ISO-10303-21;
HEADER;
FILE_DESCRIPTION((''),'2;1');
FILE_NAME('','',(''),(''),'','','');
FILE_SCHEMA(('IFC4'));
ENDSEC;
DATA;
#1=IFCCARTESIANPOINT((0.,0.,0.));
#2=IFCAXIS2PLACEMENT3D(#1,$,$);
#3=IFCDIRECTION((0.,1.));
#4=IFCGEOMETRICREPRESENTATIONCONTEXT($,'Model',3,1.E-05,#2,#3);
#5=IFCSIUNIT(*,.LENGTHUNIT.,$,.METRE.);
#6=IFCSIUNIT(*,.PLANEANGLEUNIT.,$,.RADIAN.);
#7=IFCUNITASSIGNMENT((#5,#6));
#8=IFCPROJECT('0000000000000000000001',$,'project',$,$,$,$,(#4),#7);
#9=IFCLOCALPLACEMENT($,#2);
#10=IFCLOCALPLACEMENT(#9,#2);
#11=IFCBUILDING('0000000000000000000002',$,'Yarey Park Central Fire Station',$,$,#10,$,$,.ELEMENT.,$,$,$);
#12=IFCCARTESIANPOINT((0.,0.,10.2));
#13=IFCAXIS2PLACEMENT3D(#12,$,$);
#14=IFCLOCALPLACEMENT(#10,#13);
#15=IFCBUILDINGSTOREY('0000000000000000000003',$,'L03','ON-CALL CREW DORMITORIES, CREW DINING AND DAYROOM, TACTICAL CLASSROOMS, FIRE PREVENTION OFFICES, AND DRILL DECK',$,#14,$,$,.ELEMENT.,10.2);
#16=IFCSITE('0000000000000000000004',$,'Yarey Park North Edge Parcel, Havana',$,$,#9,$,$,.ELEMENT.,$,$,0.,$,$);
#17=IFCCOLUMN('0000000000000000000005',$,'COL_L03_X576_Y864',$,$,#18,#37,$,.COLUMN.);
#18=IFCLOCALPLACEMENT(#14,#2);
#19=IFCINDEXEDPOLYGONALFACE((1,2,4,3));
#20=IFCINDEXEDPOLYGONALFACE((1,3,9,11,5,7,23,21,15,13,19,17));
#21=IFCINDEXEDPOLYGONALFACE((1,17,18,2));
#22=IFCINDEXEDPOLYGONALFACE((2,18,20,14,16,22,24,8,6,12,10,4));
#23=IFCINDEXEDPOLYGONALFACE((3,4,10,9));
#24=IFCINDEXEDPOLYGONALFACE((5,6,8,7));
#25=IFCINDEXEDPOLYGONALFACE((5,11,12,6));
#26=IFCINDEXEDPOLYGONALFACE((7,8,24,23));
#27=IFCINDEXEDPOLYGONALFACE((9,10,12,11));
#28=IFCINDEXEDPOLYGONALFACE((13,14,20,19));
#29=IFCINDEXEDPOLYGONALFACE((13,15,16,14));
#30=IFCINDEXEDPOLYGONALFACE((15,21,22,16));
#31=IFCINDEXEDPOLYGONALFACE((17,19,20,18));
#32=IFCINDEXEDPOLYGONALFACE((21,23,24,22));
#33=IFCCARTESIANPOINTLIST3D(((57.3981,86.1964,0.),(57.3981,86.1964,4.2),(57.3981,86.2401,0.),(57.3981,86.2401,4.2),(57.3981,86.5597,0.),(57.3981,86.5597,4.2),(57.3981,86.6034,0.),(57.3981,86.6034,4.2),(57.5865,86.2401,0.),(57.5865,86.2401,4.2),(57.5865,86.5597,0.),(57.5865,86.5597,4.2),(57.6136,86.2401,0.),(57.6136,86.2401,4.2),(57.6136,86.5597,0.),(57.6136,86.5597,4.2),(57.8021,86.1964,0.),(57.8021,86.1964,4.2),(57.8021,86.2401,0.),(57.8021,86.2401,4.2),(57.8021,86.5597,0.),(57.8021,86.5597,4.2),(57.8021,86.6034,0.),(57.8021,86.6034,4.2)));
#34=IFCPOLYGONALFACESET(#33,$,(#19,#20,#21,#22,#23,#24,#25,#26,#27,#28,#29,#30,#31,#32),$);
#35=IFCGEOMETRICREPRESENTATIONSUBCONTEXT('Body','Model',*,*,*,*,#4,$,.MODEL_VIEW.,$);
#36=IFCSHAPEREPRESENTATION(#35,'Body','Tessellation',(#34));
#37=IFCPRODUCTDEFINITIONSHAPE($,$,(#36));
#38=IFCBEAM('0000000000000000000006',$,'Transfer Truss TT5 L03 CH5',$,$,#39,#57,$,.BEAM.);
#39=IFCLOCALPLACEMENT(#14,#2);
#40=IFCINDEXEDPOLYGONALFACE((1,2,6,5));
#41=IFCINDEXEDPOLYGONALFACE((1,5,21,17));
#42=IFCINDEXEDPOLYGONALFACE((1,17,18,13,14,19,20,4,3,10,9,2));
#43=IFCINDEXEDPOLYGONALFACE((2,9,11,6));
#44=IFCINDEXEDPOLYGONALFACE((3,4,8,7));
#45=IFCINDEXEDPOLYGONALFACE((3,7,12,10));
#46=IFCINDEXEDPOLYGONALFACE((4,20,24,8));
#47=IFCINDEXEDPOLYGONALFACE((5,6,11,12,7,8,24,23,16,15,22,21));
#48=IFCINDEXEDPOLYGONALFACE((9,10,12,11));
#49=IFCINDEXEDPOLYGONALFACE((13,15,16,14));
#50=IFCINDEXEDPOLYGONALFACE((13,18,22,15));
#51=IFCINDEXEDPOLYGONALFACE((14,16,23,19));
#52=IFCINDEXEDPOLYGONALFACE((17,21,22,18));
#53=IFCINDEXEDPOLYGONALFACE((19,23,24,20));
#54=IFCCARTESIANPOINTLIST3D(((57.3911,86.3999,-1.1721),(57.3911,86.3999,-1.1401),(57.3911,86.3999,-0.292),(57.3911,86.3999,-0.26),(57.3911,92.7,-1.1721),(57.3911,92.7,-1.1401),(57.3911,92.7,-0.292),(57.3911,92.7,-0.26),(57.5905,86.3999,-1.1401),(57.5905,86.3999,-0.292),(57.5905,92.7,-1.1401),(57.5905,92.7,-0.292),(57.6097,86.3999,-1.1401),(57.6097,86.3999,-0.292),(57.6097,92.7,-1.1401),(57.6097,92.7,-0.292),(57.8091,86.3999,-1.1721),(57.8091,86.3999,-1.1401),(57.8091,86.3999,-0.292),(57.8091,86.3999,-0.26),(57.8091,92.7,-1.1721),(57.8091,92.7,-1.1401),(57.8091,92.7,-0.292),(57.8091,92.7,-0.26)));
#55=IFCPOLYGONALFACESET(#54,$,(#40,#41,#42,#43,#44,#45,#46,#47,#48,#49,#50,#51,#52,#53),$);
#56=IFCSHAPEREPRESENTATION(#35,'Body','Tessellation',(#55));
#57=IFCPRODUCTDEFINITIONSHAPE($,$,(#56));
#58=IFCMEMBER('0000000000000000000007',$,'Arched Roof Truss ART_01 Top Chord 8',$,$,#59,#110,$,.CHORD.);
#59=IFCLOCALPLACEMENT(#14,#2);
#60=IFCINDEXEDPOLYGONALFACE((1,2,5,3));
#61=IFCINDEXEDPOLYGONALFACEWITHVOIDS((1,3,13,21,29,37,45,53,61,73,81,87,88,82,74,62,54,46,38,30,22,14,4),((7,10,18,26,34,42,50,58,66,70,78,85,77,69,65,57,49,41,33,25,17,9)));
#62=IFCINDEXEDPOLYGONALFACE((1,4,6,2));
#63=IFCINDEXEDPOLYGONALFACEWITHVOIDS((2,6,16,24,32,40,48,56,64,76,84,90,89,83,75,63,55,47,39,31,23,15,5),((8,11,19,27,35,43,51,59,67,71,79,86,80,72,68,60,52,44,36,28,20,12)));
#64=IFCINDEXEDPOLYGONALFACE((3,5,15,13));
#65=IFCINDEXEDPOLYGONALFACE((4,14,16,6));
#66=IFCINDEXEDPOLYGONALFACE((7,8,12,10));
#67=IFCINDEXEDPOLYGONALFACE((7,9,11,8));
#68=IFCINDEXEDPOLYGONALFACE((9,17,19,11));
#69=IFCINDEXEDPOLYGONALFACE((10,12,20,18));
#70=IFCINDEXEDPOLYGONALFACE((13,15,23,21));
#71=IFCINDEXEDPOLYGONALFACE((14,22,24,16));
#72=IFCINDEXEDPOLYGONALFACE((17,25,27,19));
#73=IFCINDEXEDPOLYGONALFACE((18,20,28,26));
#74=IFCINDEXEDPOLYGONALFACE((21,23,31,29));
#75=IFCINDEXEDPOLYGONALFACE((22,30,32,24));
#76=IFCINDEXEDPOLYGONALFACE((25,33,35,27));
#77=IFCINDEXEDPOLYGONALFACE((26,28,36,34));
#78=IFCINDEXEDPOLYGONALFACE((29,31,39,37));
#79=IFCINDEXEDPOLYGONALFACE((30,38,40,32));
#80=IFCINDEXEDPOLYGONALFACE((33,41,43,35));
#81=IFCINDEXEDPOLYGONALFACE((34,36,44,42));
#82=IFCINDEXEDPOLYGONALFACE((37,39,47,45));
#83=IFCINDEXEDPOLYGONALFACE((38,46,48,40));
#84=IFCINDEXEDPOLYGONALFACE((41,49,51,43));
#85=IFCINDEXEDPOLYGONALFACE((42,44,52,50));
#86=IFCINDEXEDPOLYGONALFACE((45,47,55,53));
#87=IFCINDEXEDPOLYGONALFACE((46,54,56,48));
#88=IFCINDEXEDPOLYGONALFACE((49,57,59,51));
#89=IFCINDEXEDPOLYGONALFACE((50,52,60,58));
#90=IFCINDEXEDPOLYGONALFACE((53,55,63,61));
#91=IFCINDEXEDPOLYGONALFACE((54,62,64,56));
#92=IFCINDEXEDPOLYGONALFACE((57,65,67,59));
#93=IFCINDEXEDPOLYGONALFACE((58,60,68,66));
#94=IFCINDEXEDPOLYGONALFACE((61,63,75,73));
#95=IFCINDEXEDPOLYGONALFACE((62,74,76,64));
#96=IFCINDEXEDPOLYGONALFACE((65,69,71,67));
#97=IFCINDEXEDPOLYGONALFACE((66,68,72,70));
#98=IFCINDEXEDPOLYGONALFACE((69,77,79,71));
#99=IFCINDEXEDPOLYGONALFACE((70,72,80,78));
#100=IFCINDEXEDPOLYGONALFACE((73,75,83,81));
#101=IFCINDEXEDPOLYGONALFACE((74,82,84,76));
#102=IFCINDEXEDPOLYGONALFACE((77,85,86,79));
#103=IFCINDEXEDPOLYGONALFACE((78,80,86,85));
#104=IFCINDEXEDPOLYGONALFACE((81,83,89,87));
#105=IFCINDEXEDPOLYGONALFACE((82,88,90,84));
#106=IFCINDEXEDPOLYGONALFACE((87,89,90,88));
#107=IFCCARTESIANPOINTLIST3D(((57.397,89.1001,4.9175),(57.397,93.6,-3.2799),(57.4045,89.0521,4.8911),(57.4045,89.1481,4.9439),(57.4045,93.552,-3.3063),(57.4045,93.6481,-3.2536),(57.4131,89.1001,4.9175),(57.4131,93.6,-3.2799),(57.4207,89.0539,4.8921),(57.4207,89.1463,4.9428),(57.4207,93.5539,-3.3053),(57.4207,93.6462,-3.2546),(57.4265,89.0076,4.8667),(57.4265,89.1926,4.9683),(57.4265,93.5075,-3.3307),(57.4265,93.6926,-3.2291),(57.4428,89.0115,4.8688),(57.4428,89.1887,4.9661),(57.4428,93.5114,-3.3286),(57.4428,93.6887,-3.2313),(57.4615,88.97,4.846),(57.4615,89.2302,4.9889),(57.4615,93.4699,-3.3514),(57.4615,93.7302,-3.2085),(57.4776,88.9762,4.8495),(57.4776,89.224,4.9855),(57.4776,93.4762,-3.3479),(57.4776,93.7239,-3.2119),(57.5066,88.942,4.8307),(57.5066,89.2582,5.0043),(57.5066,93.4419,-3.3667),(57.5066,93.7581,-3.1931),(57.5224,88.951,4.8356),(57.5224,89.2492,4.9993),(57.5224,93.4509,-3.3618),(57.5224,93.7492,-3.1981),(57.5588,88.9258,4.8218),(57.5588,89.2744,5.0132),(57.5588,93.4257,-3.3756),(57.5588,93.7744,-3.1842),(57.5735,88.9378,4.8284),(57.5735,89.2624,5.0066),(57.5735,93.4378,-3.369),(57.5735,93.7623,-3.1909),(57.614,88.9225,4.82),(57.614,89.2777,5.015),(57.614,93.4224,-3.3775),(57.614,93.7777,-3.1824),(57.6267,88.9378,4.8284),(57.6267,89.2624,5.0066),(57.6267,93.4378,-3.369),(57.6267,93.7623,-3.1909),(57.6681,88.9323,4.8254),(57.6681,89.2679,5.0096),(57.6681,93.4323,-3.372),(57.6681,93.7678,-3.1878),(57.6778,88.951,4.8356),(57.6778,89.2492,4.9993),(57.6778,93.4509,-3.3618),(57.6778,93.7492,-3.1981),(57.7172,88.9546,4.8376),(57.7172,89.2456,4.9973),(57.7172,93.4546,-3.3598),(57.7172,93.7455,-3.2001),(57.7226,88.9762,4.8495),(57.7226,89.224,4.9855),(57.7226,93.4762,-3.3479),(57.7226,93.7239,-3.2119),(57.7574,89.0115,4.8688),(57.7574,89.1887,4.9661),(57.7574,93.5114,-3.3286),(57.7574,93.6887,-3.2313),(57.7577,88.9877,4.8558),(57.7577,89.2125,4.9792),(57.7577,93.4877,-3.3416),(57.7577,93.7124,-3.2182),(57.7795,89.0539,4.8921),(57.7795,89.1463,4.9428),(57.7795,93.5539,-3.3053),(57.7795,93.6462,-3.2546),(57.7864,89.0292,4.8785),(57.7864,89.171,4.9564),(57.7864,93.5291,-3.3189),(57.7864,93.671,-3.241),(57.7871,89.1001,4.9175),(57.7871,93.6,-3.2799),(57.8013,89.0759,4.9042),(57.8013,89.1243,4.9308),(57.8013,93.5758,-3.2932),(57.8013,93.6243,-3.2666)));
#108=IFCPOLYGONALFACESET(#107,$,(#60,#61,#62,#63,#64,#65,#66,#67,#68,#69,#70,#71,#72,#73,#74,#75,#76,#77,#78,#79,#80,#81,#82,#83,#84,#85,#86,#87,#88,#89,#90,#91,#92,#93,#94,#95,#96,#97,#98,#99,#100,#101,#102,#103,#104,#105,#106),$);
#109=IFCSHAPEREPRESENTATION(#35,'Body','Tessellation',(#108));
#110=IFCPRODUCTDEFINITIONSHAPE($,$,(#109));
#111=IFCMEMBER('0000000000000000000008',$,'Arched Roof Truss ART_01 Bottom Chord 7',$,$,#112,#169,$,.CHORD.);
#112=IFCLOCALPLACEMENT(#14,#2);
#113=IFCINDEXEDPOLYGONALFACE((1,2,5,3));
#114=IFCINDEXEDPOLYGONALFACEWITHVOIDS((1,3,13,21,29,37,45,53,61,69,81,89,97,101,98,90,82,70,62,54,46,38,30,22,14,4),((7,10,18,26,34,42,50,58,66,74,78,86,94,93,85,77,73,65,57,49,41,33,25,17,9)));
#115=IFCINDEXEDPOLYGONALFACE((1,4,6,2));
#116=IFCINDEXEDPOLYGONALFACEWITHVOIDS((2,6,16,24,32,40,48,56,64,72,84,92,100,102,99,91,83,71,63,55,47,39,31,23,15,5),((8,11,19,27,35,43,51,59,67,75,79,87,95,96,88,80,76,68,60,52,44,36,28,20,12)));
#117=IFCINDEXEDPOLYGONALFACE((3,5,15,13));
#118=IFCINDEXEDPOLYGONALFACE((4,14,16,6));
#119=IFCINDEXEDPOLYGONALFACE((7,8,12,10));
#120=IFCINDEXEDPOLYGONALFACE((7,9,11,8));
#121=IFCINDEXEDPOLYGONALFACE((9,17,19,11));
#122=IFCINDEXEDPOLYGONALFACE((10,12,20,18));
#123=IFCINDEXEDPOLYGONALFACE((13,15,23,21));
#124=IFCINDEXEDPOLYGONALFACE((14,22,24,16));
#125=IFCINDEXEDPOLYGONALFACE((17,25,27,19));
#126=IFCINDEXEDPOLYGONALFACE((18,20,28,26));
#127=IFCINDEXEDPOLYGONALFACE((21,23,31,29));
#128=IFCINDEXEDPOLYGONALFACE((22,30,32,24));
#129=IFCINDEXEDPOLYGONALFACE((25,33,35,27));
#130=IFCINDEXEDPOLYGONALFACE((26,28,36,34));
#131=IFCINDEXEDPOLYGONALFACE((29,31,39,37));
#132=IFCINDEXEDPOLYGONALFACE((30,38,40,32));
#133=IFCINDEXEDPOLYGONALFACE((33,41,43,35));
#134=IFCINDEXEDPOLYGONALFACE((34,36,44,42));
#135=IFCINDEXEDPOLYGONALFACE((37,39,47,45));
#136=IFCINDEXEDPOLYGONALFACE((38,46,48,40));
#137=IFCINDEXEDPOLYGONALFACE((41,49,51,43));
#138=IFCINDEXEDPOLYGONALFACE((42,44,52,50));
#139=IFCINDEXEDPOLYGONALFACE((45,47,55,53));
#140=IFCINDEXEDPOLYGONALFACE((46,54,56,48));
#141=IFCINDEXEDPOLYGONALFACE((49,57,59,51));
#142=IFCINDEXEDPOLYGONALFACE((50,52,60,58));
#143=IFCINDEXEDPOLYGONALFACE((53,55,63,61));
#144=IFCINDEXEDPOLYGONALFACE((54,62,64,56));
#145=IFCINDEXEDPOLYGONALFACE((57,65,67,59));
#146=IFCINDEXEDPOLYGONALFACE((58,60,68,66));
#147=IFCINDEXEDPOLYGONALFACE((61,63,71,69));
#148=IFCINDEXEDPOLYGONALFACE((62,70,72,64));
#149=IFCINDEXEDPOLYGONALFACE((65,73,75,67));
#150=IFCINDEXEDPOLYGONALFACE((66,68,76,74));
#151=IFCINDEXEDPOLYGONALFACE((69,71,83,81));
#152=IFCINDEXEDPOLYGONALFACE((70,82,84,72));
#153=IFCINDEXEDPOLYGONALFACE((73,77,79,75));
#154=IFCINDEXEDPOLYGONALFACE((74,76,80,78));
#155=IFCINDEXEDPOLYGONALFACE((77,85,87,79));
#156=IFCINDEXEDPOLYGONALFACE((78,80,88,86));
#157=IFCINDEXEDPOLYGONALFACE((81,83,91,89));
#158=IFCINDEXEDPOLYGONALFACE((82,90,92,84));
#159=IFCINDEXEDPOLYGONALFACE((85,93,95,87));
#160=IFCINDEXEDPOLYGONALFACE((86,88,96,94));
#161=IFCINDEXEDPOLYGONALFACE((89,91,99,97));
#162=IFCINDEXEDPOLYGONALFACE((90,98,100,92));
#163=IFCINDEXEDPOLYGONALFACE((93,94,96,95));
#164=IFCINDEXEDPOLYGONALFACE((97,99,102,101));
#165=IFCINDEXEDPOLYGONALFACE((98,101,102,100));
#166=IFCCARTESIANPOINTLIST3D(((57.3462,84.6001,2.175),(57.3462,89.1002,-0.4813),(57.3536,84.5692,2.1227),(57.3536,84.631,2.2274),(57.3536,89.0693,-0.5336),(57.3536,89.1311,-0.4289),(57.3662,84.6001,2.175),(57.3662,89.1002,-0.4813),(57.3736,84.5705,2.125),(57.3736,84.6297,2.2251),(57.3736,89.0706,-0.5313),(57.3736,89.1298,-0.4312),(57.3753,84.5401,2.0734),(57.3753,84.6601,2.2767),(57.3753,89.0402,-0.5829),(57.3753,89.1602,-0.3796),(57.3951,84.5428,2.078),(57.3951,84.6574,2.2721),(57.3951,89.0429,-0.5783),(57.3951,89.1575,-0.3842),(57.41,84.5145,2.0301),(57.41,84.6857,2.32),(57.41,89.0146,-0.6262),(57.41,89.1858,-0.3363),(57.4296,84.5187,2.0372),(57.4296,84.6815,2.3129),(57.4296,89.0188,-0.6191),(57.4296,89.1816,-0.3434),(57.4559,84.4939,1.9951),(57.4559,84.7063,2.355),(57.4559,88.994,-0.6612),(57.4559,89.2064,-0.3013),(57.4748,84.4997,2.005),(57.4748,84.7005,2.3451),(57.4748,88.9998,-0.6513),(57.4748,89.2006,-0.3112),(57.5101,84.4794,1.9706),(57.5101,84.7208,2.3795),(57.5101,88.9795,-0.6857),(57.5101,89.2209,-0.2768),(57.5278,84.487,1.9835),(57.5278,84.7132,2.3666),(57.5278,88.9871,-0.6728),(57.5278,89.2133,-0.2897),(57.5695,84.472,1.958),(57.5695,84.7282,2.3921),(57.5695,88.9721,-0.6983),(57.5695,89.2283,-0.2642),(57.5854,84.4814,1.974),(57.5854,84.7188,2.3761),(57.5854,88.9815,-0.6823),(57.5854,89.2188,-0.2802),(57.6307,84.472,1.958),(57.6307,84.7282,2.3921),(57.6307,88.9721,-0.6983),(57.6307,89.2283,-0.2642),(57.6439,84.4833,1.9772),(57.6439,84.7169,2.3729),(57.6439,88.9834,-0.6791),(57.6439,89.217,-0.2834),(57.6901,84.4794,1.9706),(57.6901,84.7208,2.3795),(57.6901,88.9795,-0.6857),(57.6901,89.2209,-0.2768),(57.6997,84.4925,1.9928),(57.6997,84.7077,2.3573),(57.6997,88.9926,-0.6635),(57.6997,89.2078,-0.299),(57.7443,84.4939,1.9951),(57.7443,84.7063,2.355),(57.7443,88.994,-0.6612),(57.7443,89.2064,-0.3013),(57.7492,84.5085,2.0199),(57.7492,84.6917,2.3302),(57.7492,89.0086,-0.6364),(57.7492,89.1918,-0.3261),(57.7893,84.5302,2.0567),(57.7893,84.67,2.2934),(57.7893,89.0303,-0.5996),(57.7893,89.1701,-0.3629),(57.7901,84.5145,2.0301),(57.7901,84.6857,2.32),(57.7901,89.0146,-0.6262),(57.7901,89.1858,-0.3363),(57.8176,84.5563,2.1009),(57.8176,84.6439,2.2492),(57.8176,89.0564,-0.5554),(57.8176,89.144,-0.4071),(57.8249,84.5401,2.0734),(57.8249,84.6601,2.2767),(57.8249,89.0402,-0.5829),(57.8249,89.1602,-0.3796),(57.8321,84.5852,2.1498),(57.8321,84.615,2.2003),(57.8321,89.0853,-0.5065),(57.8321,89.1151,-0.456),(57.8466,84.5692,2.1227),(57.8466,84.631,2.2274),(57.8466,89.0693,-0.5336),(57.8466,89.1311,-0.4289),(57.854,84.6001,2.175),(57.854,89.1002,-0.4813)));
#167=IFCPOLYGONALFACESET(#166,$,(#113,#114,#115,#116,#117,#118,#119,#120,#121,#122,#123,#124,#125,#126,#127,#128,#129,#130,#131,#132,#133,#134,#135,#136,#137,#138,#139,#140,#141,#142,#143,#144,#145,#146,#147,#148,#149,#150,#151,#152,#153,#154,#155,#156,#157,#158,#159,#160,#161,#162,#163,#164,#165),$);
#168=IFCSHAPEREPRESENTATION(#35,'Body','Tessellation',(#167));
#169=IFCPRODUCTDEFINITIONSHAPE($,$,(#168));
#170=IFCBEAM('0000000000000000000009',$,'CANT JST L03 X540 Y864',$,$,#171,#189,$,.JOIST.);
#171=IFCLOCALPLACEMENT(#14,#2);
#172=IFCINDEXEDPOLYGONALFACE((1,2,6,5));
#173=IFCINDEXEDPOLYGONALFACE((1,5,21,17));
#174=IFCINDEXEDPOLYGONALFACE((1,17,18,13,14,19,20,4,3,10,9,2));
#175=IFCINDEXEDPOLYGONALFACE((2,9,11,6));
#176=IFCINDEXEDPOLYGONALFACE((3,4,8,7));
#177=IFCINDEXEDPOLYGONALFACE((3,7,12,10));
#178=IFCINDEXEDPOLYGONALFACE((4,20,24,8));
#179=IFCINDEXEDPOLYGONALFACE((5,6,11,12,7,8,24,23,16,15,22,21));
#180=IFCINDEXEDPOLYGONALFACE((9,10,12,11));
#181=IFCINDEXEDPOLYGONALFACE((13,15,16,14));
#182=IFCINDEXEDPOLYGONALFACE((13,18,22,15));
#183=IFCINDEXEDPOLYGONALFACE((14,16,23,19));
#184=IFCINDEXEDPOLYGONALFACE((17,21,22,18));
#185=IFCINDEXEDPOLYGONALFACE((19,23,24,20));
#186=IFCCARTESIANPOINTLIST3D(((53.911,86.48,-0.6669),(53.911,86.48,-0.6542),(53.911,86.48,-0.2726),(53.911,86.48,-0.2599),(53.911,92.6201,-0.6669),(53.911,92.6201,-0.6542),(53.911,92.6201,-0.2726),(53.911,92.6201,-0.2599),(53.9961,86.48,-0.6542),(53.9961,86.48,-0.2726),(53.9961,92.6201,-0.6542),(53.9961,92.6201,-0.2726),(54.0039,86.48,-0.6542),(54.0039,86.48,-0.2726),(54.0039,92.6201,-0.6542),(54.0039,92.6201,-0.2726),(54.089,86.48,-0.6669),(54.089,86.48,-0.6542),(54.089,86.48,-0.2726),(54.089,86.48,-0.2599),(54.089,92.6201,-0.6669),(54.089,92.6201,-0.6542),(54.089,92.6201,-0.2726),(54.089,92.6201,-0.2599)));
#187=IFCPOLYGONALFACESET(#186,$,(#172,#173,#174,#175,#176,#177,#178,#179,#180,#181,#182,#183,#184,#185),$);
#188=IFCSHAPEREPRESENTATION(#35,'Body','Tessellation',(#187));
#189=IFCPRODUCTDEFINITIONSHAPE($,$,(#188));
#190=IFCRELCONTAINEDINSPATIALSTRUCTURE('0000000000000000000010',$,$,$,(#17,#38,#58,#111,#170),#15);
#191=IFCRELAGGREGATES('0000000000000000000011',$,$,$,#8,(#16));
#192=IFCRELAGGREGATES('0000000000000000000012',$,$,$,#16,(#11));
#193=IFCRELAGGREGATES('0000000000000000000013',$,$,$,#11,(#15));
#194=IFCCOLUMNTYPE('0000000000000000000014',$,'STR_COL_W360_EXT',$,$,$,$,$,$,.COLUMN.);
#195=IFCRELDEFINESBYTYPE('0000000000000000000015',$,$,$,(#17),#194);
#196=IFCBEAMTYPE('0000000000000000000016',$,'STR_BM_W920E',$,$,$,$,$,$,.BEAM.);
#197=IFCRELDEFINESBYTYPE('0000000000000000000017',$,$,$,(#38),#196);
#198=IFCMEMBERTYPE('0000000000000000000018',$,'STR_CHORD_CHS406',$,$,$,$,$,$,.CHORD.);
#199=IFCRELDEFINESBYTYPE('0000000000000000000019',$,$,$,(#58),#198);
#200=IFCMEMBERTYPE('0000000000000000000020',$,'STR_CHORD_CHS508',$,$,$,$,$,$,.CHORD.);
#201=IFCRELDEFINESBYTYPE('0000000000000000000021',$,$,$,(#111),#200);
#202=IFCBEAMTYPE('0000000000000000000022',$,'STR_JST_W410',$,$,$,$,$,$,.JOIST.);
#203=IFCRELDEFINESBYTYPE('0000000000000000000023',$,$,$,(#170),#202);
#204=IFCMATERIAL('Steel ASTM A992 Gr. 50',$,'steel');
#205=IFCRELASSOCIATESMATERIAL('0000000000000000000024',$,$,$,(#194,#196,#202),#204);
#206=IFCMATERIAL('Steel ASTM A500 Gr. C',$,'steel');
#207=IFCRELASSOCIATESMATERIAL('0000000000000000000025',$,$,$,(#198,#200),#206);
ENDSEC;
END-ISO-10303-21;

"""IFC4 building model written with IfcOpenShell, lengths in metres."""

from ifc_helpers import new_model, si_unit, direction, frame, origin, origin_2d, place, context, subcontext, project, spatial, hollow_circle, i_section, extrude, material, material_profile, profile_set, type_object, element, save


model = new_model("IFC4")

# Units and contexts
model_context = context("Model", 3, precision=1e-05, world=origin(), true_north=direction((0.0, 1.0)))
body_context = subcontext(model_context, "Body", "Model", "MODEL_VIEW")
ifc_project = project(units=[si_unit("LENGTHUNIT", "METRE"), si_unit("PLANEANGLEUNIT", "RADIAN")], contexts=[model_context])

# Site, building, storey
site_placement = place(None, origin())
site = spatial("IfcSite", under=ifc_project, at=site_placement, Name="Yarey Park North Edge Parcel, Havana", CompositionType="ELEMENT", RefElevation=0.0)
building_placement = place(site_placement, origin())
building = spatial("IfcBuilding", under=site, at=building_placement, Name="Yarey Park Central Fire Station", CompositionType="ELEMENT")
storey_placement = place(building_placement, frame((0.0, 0.0, 10.2)))
storey = spatial("IfcBuildingStorey", under=building, at=storey_placement, Name="L03", Description="ON-CALL CREW DORMITORIES, CREW DINING AND DAYROOM, TACTICAL CLASSROOMS, FIRE PREVENTION OFFICES, AND DRILL DECK", CompositionType="ELEMENT", Elevation=10.2)

# Column
ifc_material_1 = material(Name="Steel ASTM A992 Gr. 50", Category="steel")
ifc_material_profile_1 = material_profile(ifc_material_1, i_section(OverallWidth=0.4041, OverallDepth=0.407, WebThickness=0.0271, FlangeThickness=0.0437, at=origin_2d()), Name="W360x347")
ifc_profile_set_1 = profile_set([ifc_material_profile_1], Name="Steel ASTM A992 Gr. 50")
column_type = type_object("IfcColumnType", Name="STR_COL_W360_EXT", PredefinedType="COLUMN", material=ifc_profile_set_1)
column_placement = place(storey_placement, frame((57.6001, 86.3999, 0.0), z_axis=(0.0, 0.0, 1.0), x_axis=(1.0, 0.0, 0.0)))
element("IfcColumn", 1, at=column_placement, inside=storey, type_object=column_type, Name="COL_L03_X576_Y864", PredefinedType="COLUMN", context=body_context, shape_type="SweptSolid", body=[
    extrude(i_section(OverallWidth=0.4041, OverallDepth=0.407, WebThickness=0.0271, FlangeThickness=0.0437, at=origin_2d()), origin(), (0.0, 0.0, 1.0), 4.2),
])

# Beam
ifc_material_profile_2 = material_profile(ifc_material_1, i_section(OverallWidth=0.418, OverallDepth=0.9121, WebThickness=0.0193, FlangeThickness=0.032, at=origin_2d()), Name="W920x342")
ifc_profile_set_2 = profile_set([ifc_material_profile_2], Name="Steel ASTM A992 Gr. 50")
beam_type_1 = type_object("IfcBeamType", Name="STR_BM_W920E", PredefinedType="BEAM", material=ifc_profile_set_2)
beam_1_placement = place(storey_placement, frame((57.6001, 86.3999, -0.7161), z_axis=(0.0, 1.0, 0.0), x_axis=(-1.0, 0.0, 0.0)))
element("IfcBeam", 2, at=beam_1_placement, inside=storey, type_object=beam_type_1, Name="Transfer Truss TT5 L03 CH5", PredefinedType="BEAM", context=body_context, shape_type="SweptSolid", body=[
    extrude(i_section(OverallWidth=0.418, OverallDepth=0.9121, WebThickness=0.0193, FlangeThickness=0.032, at=origin_2d()), origin(), (0.0, 0.0, 1.0), 6.3),
])

# Members
ifc_material_2 = material(Name="Steel ASTM A500 Gr. C", Category="steel")
ifc_material_profile_3 = material_profile(ifc_material_2, hollow_circle(Radius=0.2031, WallThickness=0.0161, at=origin_2d()), Name="CHS 406.4x16")
ifc_profile_set_3 = profile_set([ifc_material_profile_3], Name="Steel ASTM A500 Gr. C")
member_type_1 = type_object("IfcMemberType", Name="STR_CHORD_CHS406", PredefinedType="CHORD", material=ifc_profile_set_3)
member_1_placement = place(storey_placement, frame((57.6001, 89.1001, 4.9175), z_axis=(0.0, 0.48121, -0.876605), x_axis=(-1.0, 0.0, 0.0)))
element("IfcMember", 3, at=member_1_placement, inside=storey, type_object=member_type_1, Name="Arched Roof Truss ART_01 Top Chord 8", PredefinedType="CHORD", context=body_context, shape_type="SweptSolid", body=[
    extrude(hollow_circle(Radius=0.2031, WallThickness=0.0161, at=origin_2d()), origin(), (0.0, 0.0, 1.0), 9.3513),
])
ifc_material_profile_4 = material_profile(ifc_material_2, hollow_circle(Radius=0.2539, WallThickness=0.02, at=origin_2d()), Name="CHS 508x20")
ifc_profile_set_4 = profile_set([ifc_material_profile_4], Name="Steel ASTM A500 Gr. C")
member_type_2 = type_object("IfcMemberType", Name="STR_CHORD_CHS508", PredefinedType="CHORD", material=ifc_profile_set_4)
member_2_placement = place(storey_placement, frame((57.6001, 84.6001, 2.175), z_axis=(0.0, 0.861165, -0.508326), x_axis=(-1.0, 0.0, 0.0)))
element("IfcMember", 4, at=member_2_placement, inside=storey, type_object=member_type_2, Name="Arched Roof Truss ART_01 Bottom Chord 7", PredefinedType="CHORD", context=body_context, shape_type="SweptSolid", body=[
    extrude(hollow_circle(Radius=0.2539, WallThickness=0.02, at=origin_2d()), origin(), (0.0, 0.0, 1.0), 5.2256),
])

# Beam
ifc_material_profile_5 = material_profile(ifc_material_1, i_section(OverallWidth=0.178, OverallDepth=0.407, WebThickness=0.0078, FlangeThickness=0.0127, at=origin_2d()), Name="W410x60")
ifc_profile_set_5 = profile_set([ifc_material_profile_5], Name="Steel ASTM A992 Gr. 50")
beam_type_2 = type_object("IfcBeamType", Name="STR_JST_W410", PredefinedType="JOIST", material=ifc_profile_set_5)
beam_2_placement = place(storey_placement, frame((54.0, 86.48, -0.4634), z_axis=(0.0, 1.0, 0.0), x_axis=(-1.0, 0.0, 0.0)))
element("IfcBeam", 5, at=beam_2_placement, inside=storey, type_object=beam_type_2, Name="CANT JST L03 X540 Y864", PredefinedType="JOIST", context=body_context, shape_type="SweptSolid", body=[
    extrude(i_section(OverallWidth=0.178, OverallDepth=0.407, WebThickness=0.0078, FlangeThickness=0.0127, at=origin_2d()), origin(), (0.0, 0.0, 1.0), 6.1401),
])

save(model, "model.ifc")
